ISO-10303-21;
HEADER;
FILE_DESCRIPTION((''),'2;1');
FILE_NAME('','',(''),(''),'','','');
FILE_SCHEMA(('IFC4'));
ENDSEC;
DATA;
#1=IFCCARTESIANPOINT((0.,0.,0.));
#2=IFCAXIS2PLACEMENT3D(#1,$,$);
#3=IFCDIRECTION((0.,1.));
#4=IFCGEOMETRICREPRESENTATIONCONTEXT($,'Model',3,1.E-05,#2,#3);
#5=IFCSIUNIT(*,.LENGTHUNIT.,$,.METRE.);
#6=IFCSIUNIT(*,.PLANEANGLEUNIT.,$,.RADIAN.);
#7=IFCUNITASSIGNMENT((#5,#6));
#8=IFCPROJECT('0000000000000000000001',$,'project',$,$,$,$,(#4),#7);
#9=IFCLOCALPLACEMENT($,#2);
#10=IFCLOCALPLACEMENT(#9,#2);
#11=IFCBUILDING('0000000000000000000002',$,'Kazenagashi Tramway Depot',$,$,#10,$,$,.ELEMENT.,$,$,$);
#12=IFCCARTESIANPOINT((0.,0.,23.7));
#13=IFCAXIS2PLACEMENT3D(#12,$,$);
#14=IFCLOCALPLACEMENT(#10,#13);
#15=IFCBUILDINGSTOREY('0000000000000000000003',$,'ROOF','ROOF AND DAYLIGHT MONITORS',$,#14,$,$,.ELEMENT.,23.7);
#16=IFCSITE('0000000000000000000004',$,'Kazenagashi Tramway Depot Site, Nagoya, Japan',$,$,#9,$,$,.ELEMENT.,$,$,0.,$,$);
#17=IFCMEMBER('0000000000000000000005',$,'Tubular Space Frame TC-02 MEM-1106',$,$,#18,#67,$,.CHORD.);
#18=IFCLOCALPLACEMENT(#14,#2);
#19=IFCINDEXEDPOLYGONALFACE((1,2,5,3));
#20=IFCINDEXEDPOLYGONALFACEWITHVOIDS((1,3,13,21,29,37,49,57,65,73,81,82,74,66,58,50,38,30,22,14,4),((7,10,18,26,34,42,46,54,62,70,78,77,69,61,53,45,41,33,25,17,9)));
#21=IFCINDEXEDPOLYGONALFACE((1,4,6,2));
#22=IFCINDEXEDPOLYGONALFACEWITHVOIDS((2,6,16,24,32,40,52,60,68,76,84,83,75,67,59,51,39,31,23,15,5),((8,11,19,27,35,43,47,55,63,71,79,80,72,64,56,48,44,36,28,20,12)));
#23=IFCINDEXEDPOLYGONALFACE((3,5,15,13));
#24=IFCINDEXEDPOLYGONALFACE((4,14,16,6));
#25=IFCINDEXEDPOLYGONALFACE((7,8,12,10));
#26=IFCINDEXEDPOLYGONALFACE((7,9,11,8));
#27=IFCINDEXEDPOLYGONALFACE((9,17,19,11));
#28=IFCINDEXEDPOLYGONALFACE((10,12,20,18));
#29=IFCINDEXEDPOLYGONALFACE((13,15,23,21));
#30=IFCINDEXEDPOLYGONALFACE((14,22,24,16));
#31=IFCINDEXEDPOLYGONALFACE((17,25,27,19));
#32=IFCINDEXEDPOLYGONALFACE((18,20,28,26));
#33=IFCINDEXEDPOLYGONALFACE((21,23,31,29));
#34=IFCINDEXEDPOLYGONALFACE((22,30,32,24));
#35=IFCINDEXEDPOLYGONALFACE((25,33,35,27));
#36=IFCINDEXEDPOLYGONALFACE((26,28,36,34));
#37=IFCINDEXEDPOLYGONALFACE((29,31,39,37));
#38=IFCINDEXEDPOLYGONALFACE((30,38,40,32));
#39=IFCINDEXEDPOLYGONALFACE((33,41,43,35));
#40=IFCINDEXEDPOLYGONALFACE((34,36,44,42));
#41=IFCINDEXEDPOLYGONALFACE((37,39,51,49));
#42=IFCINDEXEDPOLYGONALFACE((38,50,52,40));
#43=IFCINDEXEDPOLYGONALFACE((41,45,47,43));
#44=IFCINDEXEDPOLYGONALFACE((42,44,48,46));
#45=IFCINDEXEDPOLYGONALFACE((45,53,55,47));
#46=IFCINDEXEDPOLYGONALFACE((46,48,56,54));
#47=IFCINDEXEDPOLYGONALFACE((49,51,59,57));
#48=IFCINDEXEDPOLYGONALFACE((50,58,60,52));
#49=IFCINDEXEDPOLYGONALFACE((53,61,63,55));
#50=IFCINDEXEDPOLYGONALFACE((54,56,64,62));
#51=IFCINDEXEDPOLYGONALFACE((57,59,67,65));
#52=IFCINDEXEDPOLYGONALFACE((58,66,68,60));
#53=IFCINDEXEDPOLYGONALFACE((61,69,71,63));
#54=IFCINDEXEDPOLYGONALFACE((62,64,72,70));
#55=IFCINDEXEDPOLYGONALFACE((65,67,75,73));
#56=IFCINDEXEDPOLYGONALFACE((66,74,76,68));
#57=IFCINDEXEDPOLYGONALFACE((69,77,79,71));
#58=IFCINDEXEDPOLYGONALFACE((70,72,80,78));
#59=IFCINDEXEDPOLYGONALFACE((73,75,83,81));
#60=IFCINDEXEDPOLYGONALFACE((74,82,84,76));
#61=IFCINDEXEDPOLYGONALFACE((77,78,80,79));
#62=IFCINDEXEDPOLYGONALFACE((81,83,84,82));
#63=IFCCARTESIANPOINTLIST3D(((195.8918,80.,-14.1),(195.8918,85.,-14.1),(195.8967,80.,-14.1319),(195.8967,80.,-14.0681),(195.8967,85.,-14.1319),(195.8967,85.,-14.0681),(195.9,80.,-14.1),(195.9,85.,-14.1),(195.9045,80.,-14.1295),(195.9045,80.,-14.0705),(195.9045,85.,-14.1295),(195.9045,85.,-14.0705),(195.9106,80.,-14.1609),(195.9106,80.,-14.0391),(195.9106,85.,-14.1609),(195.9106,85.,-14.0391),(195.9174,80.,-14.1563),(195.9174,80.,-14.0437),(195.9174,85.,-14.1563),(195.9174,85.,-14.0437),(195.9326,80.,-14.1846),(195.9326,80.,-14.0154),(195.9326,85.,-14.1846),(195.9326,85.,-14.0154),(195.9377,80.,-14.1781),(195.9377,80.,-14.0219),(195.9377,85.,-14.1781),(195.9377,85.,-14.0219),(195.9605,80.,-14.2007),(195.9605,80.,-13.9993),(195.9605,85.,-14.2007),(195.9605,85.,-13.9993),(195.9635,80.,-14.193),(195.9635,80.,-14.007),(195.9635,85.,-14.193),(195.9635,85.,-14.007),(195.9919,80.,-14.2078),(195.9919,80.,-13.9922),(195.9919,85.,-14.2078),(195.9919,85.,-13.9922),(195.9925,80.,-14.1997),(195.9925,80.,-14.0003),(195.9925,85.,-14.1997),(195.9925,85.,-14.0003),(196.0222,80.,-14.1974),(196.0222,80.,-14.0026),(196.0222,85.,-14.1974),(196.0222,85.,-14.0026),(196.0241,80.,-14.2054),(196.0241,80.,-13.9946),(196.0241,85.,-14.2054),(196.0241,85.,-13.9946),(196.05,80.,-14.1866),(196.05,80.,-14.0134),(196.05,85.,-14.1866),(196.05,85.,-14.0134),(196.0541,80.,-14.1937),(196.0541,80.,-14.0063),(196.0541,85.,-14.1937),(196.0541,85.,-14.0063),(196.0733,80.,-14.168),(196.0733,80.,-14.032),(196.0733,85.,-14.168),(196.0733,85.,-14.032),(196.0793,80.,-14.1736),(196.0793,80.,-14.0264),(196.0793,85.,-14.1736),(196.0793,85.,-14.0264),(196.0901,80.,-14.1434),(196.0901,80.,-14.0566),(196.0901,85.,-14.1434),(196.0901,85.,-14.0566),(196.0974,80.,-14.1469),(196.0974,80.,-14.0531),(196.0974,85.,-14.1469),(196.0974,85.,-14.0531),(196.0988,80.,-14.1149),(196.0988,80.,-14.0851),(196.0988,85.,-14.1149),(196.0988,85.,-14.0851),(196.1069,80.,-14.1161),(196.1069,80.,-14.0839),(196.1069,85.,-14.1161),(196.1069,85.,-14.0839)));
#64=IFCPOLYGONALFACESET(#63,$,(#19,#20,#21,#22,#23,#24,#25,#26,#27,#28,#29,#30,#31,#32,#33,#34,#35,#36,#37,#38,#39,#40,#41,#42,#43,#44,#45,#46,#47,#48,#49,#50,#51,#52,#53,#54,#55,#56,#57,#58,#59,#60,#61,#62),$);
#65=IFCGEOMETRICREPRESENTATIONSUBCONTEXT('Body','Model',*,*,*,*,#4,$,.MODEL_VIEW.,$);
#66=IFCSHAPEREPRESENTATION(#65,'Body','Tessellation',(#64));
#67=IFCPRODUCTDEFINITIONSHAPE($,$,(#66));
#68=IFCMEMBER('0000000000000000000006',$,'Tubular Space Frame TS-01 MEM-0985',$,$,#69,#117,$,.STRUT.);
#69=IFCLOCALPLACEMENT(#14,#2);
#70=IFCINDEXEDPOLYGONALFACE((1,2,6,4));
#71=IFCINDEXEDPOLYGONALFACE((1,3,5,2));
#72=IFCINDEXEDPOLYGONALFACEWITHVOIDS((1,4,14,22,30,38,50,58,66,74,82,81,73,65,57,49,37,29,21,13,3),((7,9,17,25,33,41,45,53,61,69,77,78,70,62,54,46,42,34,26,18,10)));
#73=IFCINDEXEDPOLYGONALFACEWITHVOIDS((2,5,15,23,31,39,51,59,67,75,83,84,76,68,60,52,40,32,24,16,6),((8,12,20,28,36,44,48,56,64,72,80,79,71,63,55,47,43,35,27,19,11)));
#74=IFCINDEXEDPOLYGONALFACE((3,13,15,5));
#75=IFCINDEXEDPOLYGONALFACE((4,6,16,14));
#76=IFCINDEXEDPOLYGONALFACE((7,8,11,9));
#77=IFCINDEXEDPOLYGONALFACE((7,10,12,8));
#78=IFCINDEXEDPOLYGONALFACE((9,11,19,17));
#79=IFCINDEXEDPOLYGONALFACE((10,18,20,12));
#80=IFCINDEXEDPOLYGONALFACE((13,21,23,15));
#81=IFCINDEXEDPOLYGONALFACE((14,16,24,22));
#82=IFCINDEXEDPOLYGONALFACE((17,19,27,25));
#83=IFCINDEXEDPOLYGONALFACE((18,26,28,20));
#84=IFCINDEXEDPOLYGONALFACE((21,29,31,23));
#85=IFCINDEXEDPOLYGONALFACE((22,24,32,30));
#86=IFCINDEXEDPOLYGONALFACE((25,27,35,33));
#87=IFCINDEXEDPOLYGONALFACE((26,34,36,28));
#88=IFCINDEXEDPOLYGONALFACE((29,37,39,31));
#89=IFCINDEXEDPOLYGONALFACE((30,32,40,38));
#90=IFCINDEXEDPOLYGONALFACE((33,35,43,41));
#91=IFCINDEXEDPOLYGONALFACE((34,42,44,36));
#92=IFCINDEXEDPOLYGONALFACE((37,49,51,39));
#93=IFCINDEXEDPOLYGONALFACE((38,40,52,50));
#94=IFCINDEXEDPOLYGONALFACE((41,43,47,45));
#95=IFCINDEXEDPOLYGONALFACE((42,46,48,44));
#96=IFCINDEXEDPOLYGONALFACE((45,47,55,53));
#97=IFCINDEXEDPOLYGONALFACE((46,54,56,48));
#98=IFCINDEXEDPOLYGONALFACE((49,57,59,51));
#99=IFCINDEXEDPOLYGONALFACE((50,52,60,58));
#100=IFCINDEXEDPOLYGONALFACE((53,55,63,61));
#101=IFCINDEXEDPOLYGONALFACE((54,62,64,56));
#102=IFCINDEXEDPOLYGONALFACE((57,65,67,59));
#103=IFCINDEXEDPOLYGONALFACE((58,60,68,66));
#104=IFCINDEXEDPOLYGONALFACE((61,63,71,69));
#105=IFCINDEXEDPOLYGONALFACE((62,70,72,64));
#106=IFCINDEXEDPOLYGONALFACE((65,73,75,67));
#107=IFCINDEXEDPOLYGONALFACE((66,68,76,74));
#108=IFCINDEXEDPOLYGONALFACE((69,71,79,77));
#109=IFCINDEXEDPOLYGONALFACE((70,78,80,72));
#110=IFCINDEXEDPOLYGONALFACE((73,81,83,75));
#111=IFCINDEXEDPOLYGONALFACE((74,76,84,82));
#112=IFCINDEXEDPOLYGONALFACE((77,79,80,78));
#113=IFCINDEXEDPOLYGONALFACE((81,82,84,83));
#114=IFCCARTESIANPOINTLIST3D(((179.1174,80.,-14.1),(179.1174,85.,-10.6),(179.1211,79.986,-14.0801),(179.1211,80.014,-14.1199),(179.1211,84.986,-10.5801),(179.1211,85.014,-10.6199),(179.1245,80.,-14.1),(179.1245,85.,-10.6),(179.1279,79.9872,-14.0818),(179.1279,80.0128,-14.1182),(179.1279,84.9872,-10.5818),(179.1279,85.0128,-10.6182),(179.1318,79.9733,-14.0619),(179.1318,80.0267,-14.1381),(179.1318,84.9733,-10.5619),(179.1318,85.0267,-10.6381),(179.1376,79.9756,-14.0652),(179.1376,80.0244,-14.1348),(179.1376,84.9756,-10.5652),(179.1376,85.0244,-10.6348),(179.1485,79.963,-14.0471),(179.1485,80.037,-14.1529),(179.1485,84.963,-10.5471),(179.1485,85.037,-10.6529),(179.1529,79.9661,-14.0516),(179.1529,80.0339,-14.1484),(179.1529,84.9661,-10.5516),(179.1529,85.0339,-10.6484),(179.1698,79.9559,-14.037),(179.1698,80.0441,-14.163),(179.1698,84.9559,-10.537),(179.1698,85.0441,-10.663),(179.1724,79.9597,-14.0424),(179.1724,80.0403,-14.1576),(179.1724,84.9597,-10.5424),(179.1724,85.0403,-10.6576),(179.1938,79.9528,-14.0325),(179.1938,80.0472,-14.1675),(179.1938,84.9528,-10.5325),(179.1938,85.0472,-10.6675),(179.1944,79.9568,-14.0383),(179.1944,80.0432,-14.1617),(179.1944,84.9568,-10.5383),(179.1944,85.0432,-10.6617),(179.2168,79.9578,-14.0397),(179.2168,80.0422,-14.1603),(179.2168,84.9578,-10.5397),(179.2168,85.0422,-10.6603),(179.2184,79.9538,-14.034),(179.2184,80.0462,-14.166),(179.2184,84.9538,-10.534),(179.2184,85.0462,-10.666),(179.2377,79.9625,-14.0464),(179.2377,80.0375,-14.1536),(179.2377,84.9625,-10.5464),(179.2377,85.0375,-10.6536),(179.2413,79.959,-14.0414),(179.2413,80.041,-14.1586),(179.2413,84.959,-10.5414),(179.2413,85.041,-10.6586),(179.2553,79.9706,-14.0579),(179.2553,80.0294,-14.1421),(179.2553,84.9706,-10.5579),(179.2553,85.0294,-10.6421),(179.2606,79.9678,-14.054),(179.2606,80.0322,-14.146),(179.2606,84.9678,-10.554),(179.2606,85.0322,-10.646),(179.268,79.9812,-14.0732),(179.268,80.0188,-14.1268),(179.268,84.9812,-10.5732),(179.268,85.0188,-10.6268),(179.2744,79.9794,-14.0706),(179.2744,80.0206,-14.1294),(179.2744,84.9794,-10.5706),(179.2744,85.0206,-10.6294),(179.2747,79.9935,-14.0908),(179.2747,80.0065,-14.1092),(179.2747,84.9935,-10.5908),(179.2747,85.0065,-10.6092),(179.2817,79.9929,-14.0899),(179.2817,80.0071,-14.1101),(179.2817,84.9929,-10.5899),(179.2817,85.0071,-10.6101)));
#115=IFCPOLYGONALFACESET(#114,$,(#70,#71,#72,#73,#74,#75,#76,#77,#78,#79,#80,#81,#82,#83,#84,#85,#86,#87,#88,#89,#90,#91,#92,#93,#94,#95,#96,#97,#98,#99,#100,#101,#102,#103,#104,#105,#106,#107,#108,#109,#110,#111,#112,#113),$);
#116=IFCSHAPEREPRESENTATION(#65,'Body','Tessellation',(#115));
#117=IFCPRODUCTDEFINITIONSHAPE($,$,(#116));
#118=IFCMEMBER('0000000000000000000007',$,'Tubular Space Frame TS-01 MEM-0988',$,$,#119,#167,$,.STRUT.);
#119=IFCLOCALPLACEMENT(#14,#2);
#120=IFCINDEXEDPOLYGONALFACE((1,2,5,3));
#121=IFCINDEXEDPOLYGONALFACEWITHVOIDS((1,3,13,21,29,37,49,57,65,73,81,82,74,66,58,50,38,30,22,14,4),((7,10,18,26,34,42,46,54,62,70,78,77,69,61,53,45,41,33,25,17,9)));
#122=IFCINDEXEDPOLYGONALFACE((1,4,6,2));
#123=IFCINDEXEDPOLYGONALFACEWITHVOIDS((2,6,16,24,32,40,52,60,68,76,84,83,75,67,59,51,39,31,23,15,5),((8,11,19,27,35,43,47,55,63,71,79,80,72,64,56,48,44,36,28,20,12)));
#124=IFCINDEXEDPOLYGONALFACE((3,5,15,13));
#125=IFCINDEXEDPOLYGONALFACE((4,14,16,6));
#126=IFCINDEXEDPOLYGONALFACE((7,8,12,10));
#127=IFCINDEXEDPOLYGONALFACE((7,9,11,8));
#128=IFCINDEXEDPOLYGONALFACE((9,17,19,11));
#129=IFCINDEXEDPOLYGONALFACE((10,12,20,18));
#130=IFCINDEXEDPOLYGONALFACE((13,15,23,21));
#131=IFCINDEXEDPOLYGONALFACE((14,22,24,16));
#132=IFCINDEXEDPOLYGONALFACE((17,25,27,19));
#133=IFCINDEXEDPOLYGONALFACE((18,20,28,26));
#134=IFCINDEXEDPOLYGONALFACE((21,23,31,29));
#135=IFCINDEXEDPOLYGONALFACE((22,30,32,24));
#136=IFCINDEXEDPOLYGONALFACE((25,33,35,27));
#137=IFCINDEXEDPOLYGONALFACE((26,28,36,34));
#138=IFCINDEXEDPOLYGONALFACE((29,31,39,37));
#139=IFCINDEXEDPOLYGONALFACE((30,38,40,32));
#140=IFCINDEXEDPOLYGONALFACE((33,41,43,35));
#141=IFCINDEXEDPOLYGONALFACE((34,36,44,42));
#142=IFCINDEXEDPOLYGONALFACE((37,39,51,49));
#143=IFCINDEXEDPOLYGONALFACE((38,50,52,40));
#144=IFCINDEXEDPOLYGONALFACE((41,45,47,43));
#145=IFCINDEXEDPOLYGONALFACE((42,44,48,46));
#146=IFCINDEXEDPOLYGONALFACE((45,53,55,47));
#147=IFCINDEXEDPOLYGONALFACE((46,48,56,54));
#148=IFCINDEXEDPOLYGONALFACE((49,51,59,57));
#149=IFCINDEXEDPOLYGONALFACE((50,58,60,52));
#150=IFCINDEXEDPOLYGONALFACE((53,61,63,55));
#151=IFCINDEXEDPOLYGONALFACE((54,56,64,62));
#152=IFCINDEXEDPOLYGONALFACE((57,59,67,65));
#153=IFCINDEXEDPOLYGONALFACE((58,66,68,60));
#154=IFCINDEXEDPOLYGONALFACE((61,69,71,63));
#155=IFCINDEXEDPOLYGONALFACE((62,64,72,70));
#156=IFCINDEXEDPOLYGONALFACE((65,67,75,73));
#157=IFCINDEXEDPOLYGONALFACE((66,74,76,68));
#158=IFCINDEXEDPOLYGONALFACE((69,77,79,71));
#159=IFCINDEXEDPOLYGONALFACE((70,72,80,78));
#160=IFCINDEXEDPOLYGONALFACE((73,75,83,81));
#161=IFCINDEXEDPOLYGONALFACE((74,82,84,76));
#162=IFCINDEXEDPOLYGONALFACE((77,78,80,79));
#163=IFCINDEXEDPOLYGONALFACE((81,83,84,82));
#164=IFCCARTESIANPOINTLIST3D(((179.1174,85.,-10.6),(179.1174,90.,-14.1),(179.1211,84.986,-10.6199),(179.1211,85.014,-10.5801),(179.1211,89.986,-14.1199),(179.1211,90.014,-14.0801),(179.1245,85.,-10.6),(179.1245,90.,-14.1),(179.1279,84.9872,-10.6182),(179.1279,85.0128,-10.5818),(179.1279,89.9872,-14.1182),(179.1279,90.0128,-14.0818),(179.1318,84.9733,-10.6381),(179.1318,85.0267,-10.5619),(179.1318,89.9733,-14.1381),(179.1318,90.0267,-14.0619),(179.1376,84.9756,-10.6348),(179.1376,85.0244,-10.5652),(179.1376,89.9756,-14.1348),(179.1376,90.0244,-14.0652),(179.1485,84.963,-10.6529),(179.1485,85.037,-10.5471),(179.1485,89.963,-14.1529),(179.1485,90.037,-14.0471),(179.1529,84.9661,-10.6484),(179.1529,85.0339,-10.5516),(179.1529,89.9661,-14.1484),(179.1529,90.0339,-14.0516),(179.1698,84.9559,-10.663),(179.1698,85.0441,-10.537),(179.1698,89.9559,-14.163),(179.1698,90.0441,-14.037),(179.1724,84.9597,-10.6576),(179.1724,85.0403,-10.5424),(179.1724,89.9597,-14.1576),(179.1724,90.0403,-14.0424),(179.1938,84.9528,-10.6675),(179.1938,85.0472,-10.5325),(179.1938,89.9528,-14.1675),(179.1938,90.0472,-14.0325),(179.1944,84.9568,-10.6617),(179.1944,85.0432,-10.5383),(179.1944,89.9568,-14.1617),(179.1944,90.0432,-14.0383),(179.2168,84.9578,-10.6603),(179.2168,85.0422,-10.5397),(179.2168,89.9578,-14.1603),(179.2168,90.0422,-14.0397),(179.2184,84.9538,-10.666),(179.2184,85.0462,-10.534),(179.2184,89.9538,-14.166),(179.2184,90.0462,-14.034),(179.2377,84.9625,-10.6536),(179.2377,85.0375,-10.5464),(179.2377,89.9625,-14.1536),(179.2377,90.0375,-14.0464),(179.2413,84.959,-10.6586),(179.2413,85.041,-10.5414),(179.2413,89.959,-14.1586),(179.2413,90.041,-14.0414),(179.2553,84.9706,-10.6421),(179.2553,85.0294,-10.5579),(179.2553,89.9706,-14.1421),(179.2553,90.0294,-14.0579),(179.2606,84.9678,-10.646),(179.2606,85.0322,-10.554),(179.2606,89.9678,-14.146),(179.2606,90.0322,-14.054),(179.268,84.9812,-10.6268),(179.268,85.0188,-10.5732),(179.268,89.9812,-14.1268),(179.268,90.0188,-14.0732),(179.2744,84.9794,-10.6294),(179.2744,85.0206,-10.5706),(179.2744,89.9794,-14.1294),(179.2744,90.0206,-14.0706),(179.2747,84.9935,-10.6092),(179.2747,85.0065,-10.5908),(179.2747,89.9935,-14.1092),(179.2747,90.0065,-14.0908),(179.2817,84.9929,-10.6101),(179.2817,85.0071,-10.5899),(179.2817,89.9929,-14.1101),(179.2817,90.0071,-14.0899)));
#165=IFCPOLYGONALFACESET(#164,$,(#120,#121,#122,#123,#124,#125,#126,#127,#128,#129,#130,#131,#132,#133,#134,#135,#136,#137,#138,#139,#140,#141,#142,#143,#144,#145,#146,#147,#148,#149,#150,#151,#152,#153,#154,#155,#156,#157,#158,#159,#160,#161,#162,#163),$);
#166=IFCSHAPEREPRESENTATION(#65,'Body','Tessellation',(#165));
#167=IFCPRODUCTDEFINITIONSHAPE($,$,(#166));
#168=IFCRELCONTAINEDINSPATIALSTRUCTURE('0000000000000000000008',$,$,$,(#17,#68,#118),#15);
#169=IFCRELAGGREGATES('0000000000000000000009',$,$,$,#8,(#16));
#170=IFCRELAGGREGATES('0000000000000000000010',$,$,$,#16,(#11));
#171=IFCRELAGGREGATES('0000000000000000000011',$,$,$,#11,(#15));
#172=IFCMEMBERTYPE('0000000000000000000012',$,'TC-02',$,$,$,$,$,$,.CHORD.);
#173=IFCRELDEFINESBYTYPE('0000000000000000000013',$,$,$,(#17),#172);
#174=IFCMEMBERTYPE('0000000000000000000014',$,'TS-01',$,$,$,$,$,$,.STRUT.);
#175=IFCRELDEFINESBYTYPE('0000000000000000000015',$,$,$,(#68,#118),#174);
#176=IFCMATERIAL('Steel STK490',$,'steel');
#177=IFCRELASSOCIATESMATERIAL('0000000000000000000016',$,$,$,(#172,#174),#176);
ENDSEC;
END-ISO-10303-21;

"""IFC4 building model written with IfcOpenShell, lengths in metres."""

from ifc_helpers import new_model, si_unit, direction, frame, origin, origin_2d, place, context, subcontext, project, spatial, hollow_circle, extrude, material, material_profile, profile_set, type_object, element, save


model = new_model("IFC4")

# Units and contexts
model_context = context("Model", 3, precision=1e-05, world=origin(), true_north=direction((0.0, 1.0)))
body_context = subcontext(model_context, "Body", "Model", "MODEL_VIEW")
ifc_project = project(units=[si_unit("LENGTHUNIT", "METRE"), si_unit("PLANEANGLEUNIT", "RADIAN")], contexts=[model_context])

# Site, building, storey
site_placement = place(None, origin())
site = spatial("IfcSite", under=ifc_project, at=site_placement, Name="Kazenagashi Tramway Depot Site, Nagoya, Japan", CompositionType="ELEMENT", RefElevation=0.0)
building_placement = place(site_placement, origin())
building = spatial("IfcBuilding", under=site, at=building_placement, Name="Kazenagashi Tramway Depot", CompositionType="ELEMENT")
storey_placement = place(building_placement, frame((0.0, 0.0, 23.7)))
storey = spatial("IfcBuildingStorey", under=building, at=storey_placement, Name="ROOF", Description="ROOF AND DAYLIGHT MONITORS", CompositionType="ELEMENT", Elevation=23.7)

# Members
ifc_material_1 = material(Name="Steel STK490", Category="steel")
ifc_material_profile_1 = material_profile(ifc_material_1, hollow_circle(Radius=0.1081, WallThickness=0.0082, at=origin_2d()), Name="CHS-216.3x8.2")
ifc_profile_set_1 = profile_set([ifc_material_profile_1], Name="Steel STK490")
member_type_1 = type_object("IfcMemberType", Name="TC-02", PredefinedType="CHORD", material=ifc_profile_set_1)
for number, where, z_axis, x_axis, name in (
    (1, (196.0, 80.0, -14.1), (0.0, 1.0, 0.0), (-1.0, 0.0, 0.0), "Tubular Space Frame TC-02 MEM-1106"),
):
    element("IfcMember", number, at=place(storey_placement, frame(where, z_axis=z_axis, x_axis=x_axis)), inside=storey, type_object=member_type_1, Name=name, PredefinedType="CHORD", context=body_context, shape_type="SweptSolid", body=[
        extrude(hollow_circle(Radius=0.1081, WallThickness=0.0082, at=origin_2d()), origin(), (0.0, 0.0, 1.0), 5.0),
    ])
ifc_material_profile_2 = material_profile(ifc_material_1, hollow_circle(Radius=0.0826, WallThickness=0.0071, at=origin_2d()), Name="CHS-165.2x7.1")
ifc_profile_set_2 = profile_set([ifc_material_profile_2], Name="Steel STK490")
member_type_2 = type_object("IfcMemberType", Name="TS-01", PredefinedType="STRUT", material=ifc_profile_set_2)
for number, where, z_axis, x_axis, name in (
    (2, (179.2, 80.0, -14.1), (0.0, 0.819232, 0.573462), (-1.0, 0.0, 0.0), "Tubular Space Frame TS-01 MEM-0985"),
    (3, (179.2, 85.0, -10.6), (0.0, 0.819232, -0.573462), (-1.0, 0.0, 0.0), "Tubular Space Frame TS-01 MEM-0988"),
):
    element("IfcMember", number, at=place(storey_placement, frame(where, z_axis=z_axis, x_axis=x_axis)), inside=storey, type_object=member_type_2, Name=name, PredefinedType="STRUT", context=body_context, shape_type="SweptSolid", body=[
        extrude(hollow_circle(Radius=0.0826, WallThickness=0.0071, at=origin_2d()), origin(), (0.0, 0.0, 1.0), 6.1033),
    ])

save(model, "model.ifc")
